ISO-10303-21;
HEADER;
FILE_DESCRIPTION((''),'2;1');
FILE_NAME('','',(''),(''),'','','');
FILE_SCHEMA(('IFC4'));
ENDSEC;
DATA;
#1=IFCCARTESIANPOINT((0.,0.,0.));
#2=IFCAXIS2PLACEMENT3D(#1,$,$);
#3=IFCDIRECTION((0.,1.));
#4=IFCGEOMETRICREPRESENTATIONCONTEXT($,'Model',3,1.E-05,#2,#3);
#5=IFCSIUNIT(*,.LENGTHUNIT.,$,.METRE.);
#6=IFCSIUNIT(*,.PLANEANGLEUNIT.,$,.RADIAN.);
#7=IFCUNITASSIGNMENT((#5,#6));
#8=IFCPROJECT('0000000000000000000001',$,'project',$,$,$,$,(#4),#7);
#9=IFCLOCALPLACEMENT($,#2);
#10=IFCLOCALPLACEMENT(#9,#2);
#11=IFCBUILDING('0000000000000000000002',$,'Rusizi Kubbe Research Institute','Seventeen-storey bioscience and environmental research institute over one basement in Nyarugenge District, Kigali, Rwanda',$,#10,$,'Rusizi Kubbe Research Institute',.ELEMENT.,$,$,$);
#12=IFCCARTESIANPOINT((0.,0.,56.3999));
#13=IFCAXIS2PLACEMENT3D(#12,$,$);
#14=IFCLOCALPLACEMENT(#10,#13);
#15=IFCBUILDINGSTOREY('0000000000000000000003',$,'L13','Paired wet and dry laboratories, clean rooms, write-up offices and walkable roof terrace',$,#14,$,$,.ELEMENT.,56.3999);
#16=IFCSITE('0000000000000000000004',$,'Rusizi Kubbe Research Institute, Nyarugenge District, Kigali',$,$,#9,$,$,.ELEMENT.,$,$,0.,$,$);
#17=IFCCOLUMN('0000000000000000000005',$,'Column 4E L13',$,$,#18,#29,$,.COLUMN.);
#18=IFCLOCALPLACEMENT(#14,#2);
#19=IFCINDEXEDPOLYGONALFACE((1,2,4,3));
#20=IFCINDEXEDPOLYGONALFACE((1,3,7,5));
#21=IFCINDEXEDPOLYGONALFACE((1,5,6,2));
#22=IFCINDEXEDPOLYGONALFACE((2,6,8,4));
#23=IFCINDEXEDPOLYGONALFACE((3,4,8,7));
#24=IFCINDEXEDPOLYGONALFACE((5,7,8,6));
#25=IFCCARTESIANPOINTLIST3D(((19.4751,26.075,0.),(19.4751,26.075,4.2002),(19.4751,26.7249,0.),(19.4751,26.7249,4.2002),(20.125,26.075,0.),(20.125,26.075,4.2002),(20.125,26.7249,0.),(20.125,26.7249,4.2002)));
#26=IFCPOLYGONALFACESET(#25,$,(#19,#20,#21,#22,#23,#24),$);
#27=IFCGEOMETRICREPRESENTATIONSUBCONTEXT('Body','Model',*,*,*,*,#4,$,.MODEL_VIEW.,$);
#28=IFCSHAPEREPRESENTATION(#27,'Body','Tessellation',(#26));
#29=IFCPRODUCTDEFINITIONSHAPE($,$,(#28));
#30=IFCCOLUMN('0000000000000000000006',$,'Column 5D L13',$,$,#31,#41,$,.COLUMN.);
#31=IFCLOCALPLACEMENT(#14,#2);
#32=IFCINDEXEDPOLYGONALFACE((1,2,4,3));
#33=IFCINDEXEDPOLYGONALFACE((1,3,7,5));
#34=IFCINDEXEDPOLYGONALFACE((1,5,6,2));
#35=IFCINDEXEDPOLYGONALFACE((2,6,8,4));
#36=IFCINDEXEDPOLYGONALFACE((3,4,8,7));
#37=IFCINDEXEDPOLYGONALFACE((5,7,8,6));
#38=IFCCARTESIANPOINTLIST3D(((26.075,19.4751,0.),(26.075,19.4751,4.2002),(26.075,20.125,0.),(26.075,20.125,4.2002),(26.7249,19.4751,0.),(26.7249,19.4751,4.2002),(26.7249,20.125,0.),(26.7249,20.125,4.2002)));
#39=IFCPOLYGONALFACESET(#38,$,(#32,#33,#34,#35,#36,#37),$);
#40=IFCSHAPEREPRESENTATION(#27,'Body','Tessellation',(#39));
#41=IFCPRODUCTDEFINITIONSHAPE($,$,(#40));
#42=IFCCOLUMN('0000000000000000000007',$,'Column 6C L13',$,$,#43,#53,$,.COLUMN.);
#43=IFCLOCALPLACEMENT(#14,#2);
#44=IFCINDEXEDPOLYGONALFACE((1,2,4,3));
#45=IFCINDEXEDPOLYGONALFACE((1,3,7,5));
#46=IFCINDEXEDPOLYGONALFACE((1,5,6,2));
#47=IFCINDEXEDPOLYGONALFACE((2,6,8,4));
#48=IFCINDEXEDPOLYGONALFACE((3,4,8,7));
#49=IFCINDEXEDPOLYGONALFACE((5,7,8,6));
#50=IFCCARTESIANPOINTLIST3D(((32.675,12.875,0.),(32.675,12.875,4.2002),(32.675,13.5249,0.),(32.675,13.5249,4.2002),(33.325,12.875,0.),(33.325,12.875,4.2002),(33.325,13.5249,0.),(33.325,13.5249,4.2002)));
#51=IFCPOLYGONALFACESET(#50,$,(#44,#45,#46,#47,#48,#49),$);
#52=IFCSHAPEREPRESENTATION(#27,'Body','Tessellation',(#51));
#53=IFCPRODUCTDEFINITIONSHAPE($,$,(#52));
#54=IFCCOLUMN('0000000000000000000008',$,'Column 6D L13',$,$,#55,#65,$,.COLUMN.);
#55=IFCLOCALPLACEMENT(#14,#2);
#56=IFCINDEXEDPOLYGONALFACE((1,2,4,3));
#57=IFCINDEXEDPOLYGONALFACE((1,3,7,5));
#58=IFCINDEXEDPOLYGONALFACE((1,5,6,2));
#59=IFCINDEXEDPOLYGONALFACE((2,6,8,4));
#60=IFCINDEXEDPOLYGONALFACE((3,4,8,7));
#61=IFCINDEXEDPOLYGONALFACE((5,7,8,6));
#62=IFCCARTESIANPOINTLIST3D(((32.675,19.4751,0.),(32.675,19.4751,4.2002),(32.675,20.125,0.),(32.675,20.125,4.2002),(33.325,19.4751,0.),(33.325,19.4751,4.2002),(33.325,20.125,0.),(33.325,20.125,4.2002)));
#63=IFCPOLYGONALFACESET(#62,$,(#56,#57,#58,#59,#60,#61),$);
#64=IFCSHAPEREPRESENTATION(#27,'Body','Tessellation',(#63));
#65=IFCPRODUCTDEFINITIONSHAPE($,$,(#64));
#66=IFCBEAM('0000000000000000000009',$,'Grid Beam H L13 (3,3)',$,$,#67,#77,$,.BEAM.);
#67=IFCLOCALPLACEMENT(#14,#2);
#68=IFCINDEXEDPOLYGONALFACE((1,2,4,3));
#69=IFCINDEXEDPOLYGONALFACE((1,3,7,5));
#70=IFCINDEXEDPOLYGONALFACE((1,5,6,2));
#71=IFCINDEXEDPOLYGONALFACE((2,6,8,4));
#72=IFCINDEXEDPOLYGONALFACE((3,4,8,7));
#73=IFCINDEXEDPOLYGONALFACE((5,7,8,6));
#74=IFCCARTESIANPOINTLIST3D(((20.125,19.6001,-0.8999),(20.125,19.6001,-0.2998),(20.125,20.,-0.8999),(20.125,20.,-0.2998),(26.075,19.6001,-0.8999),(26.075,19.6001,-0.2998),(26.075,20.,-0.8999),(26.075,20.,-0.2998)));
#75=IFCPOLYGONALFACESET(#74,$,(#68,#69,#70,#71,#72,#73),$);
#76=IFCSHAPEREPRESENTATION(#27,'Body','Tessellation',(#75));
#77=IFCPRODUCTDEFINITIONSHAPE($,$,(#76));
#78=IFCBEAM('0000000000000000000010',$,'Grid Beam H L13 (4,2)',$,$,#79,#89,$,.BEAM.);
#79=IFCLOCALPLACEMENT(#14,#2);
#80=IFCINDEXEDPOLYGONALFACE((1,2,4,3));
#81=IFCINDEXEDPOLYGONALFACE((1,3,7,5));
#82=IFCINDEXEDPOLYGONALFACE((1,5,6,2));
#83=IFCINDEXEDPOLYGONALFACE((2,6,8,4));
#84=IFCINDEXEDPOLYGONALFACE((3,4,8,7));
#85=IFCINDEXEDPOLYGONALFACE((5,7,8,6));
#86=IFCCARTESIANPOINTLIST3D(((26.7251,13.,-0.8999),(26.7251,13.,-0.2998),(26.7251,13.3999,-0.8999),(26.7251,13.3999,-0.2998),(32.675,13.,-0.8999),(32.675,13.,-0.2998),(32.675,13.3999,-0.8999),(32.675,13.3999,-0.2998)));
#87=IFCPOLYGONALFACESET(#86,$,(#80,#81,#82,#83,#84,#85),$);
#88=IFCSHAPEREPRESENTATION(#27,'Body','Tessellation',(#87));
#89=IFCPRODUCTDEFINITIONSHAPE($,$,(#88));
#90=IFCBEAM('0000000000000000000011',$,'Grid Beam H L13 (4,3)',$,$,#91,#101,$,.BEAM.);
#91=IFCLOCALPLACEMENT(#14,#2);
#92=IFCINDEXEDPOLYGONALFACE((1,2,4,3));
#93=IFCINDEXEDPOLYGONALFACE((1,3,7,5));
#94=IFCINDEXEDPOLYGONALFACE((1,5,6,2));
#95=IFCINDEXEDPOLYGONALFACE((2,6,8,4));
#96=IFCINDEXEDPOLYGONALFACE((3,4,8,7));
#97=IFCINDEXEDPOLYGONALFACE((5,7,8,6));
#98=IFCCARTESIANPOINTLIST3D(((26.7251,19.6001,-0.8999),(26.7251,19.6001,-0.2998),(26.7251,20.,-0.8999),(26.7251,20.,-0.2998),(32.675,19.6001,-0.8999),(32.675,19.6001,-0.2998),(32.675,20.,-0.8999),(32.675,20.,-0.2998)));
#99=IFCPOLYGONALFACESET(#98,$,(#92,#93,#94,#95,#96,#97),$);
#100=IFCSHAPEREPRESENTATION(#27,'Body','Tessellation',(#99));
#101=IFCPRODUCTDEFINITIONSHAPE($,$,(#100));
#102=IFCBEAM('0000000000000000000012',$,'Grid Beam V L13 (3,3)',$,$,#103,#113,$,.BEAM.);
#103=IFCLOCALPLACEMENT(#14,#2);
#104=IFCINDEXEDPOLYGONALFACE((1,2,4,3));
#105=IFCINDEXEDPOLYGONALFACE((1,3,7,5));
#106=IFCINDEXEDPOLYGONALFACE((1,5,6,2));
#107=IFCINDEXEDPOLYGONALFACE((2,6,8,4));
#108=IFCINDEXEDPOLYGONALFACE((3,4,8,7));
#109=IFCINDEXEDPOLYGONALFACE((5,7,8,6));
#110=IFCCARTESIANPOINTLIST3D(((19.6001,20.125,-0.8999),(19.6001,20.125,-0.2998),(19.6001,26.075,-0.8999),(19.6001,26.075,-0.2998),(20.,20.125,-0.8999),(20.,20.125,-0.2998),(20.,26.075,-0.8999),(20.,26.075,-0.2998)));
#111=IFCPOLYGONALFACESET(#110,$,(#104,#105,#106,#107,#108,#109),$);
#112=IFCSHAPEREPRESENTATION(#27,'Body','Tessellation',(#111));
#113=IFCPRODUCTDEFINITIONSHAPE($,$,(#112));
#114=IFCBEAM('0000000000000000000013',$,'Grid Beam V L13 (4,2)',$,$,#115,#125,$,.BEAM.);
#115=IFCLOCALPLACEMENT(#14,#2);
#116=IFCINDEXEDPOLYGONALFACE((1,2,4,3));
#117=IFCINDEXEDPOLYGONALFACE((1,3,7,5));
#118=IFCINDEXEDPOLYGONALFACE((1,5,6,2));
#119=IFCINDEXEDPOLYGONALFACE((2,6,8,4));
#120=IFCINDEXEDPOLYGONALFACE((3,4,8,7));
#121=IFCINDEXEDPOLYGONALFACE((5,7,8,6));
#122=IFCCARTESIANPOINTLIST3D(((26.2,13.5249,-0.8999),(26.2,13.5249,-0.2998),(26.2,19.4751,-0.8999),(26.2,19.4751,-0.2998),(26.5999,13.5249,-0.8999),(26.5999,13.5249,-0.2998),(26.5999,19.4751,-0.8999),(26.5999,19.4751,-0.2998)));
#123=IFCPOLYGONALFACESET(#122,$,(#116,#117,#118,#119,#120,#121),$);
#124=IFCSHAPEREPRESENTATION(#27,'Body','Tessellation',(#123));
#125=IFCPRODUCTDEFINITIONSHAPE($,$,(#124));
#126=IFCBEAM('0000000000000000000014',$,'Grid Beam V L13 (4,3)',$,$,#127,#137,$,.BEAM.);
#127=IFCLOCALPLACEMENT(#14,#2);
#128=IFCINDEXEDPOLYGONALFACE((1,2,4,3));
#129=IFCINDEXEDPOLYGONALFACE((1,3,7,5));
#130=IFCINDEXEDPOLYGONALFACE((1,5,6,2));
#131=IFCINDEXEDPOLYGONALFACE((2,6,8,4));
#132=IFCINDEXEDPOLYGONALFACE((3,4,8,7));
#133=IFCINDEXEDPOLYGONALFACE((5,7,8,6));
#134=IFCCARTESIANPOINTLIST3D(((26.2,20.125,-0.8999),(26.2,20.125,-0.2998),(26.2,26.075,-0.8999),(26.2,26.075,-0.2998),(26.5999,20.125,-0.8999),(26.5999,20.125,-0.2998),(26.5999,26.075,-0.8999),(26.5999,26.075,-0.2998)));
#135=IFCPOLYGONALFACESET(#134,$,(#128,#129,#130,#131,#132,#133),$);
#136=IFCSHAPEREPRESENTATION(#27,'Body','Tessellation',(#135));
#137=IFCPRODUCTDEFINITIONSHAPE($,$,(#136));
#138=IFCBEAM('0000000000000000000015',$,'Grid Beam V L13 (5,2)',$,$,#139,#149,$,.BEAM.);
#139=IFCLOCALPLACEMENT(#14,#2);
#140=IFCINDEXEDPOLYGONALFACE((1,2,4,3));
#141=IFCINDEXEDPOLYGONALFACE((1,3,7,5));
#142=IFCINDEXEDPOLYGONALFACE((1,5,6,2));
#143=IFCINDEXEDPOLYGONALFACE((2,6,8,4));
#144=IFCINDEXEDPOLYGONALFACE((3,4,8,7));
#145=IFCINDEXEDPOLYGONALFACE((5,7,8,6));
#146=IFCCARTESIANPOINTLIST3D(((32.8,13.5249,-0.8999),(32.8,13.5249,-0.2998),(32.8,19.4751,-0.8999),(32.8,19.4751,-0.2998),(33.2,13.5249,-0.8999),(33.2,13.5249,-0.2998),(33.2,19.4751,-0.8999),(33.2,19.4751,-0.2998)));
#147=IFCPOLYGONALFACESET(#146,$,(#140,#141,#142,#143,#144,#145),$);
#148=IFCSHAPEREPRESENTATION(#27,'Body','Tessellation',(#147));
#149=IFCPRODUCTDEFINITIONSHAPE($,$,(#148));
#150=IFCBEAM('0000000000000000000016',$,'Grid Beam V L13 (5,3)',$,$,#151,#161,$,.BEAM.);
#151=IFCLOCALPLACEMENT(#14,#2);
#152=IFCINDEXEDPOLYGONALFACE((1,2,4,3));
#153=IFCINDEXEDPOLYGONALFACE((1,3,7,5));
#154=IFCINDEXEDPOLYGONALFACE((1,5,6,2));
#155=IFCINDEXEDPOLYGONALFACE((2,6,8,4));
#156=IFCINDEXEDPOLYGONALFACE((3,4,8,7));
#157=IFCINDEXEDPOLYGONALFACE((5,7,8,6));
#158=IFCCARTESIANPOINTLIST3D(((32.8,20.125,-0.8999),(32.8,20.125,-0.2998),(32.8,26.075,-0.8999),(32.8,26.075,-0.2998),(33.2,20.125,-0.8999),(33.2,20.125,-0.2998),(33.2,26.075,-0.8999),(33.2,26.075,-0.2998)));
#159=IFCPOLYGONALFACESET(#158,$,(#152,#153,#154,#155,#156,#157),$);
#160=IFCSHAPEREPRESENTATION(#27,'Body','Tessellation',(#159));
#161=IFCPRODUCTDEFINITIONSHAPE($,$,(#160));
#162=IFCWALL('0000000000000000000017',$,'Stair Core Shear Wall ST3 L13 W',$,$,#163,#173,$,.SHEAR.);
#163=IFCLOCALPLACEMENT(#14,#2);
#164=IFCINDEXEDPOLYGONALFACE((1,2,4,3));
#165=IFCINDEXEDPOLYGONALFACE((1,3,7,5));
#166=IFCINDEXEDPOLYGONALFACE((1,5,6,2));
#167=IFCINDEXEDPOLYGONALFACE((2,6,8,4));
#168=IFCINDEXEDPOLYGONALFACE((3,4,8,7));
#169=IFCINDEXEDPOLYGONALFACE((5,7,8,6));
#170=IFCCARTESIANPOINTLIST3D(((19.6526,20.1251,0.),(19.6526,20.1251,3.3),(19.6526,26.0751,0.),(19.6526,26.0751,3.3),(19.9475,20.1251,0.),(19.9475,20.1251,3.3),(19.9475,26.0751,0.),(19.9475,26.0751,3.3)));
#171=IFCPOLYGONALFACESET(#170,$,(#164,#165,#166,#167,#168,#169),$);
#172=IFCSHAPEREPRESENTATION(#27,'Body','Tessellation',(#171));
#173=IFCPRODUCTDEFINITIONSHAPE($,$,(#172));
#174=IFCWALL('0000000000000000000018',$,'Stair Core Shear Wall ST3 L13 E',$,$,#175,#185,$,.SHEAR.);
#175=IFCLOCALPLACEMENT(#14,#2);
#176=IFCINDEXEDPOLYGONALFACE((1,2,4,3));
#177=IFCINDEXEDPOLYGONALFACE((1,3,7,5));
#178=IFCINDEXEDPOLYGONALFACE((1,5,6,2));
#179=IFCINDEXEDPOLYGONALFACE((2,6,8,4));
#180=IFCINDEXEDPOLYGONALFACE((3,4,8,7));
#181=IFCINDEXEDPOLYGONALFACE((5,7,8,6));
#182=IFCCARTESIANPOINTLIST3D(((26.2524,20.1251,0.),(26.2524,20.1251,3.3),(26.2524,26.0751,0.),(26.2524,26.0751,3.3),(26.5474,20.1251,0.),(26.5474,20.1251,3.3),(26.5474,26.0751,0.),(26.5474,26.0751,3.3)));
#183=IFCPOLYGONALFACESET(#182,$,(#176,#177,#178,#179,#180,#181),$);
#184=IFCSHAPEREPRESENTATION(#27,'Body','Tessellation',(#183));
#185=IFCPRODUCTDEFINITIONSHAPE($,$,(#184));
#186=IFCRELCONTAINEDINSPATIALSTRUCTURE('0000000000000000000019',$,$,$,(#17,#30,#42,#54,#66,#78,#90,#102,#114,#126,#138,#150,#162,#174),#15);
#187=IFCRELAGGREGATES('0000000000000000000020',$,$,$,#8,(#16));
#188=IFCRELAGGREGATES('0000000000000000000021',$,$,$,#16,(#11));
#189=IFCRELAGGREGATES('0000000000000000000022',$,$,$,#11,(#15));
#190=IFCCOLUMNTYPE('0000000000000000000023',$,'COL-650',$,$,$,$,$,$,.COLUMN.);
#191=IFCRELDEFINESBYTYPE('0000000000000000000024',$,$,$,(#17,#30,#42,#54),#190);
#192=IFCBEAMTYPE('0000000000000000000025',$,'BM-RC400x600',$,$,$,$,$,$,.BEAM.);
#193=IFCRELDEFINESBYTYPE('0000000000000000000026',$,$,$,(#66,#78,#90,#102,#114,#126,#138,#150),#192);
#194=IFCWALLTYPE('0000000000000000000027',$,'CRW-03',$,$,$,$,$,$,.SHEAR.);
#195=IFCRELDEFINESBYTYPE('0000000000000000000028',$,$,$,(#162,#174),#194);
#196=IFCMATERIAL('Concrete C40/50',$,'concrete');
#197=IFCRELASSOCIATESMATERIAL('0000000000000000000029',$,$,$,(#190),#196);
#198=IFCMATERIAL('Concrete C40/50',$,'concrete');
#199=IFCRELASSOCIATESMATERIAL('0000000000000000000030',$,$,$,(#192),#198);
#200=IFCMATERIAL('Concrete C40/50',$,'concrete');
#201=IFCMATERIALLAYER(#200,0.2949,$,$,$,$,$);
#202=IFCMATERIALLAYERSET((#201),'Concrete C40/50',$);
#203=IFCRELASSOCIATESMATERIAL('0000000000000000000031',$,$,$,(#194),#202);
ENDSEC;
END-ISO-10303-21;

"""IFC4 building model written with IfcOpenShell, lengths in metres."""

from ifc_helpers import new_model, si_unit, direction, frame, frame_2d, origin, origin_2d, place, context, subcontext, project, spatial, rectangle, extrude, material, layer, layer_set, material_profile, profile_set, type_object, element, save


model = new_model("IFC4")

# Units and contexts
model_context = context("Model", 3, precision=1e-05, world=origin(), true_north=direction((0.0, 1.0)))
body_context = subcontext(model_context, "Body", "Model", "MODEL_VIEW")
ifc_project = project(units=[si_unit("LENGTHUNIT", "METRE"), si_unit("PLANEANGLEUNIT", "RADIAN")], contexts=[model_context])

# Site, building, storey
site_placement = place(None, origin())
site = spatial("IfcSite", under=ifc_project, at=site_placement, Name="Rusizi Kubbe Research Institute, Nyarugenge District, Kigali", CompositionType="ELEMENT", RefElevation=0.0)
building_placement = place(site_placement, origin())
building = spatial("IfcBuilding", under=site, at=building_placement, Name="Rusizi Kubbe Research Institute", Description="Seventeen-storey bioscience and environmental research institute over one basement in Nyarugenge District, Kigali, Rwanda", LongName="Rusizi Kubbe Research Institute", CompositionType="ELEMENT")
storey_placement = place(building_placement, frame((0.0, 0.0, 56.3999)))
storey = spatial("IfcBuildingStorey", under=building, at=storey_placement, Name="L13", Description="Paired wet and dry laboratories, clean rooms, write-up offices and walkable roof terrace", CompositionType="ELEMENT", Elevation=56.3999)

# Columns
ifc_material_1 = material(Name="Concrete C40/50", Category="concrete")
ifc_material_profile_1 = material_profile(ifc_material_1, rectangle(XDim=0.6499, YDim=0.6499, at=origin_2d()), Name="RC650x650")
ifc_profile_set_1 = profile_set([ifc_material_profile_1], Name="Concrete C40/50")
column_type = type_object("IfcColumnType", Name="COL-650", PredefinedType="COLUMN", material=ifc_profile_set_1)
for number, where, z_axis, x_axis, name in (
    (1, (19.8, 26.3999, 0.0), (0.0, 0.0, 1.0), (1.0, 0.0, 0.0), "Column 4E L13"),
    (2, (26.3999, 19.8, 0.0), (0.0, 0.0, 1.0), (1.0, 0.0, 0.0), "Column 5D L13"),
    (3, (33.0, 13.2, 0.0), (0.0, 0.0, 1.0), (1.0, 0.0, 0.0), "Column 6C L13"),
    (4, (33.0, 19.8, 0.0), (0.0, 0.0, 1.0), (1.0, 0.0, 0.0), "Column 6D L13"),
):
    element("IfcColumn", number, at=place(storey_placement, frame(where, z_axis=z_axis, x_axis=x_axis)), inside=storey, type_object=column_type, Name=name, PredefinedType="COLUMN", context=body_context, shape_type="SweptSolid", body=[
        extrude(rectangle(XDim=0.6499, YDim=0.6499, at=origin_2d()), origin(), (0.0, 0.0, 1.0), 4.2002),
    ])

# Beams
ifc_material_2 = material(Name="Concrete C40/50", Category="concrete")
ifc_material_profile_2 = material_profile(ifc_material_2, rectangle(XDim=0.3999, YDim=0.6001, at=origin_2d()), Name="RC400x600")
ifc_profile_set_2 = profile_set([ifc_material_profile_2], Name="Concrete C40/50")
beam_type = type_object("IfcBeamType", Name="BM-RC400x600", PredefinedType="BEAM", material=ifc_profile_set_2)
for number, where, z_axis, x_axis, name in (
    (5, (20.125, 19.8, -0.5999), (1.0, 0.0, 0.0), (0.0, 1.0, 0.0), "Grid Beam H L13 (3,3)"),
    (6, (26.7251, 13.2, -0.5999), (1.0, 0.0, 0.0), (0.0, 1.0, 0.0), "Grid Beam H L13 (4,2)"),
    (7, (26.7251, 19.8, -0.5999), (1.0, 0.0, 0.0), (0.0, 1.0, 0.0), "Grid Beam H L13 (4,3)"),
    (8, (19.8, 20.125, -0.5999), (0.0, 1.0, 0.0), (-1.0, 0.0, 0.0), "Grid Beam V L13 (3,3)"),
):
    element("IfcBeam", number, at=place(storey_placement, frame(where, z_axis=z_axis, x_axis=x_axis)), inside=storey, type_object=beam_type, Name=name, PredefinedType="BEAM", context=body_context, shape_type="SweptSolid", body=[
        extrude(rectangle(XDim=0.3999, YDim=0.6001, at=origin_2d()), origin(), (0.0, 0.0, 1.0), 5.95),
    ])
beam_1_placement = place(storey_placement, frame((26.3999, 13.5249, -0.5999), z_axis=(0.0, 1.0, 0.0), x_axis=(-1.0, 0.0, 0.0)))
element("IfcBeam", 9, at=beam_1_placement, inside=storey, type_object=beam_type, Name="Grid Beam V L13 (4,2)", PredefinedType="BEAM", context=body_context, shape_type="SweptSolid", body=[
    extrude(rectangle(XDim=0.3999, YDim=0.6001, at=origin_2d()), origin(), (0.0, 0.0, 1.0), 5.9502),
])
beam_2_placement = place(storey_placement, frame((26.3999, 20.125, -0.5999), z_axis=(0.0, 1.0, 0.0), x_axis=(-1.0, 0.0, 0.0)))
element("IfcBeam", 10, at=beam_2_placement, inside=storey, type_object=beam_type, Name="Grid Beam V L13 (4,3)", PredefinedType="BEAM", context=body_context, shape_type="SweptSolid", body=[
    extrude(rectangle(XDim=0.3999, YDim=0.6001, at=origin_2d()), origin(), (0.0, 0.0, 1.0), 5.95),
])
beam_3_placement = place(storey_placement, frame((33.0, 13.5249, -0.5999), z_axis=(0.0, 1.0, 0.0), x_axis=(-1.0, 0.0, 0.0)))
element("IfcBeam", 11, at=beam_3_placement, inside=storey, type_object=beam_type, Name="Grid Beam V L13 (5,2)", PredefinedType="BEAM", context=body_context, shape_type="SweptSolid", body=[
    extrude(rectangle(XDim=0.3999, YDim=0.6001, at=origin_2d()), origin(), (0.0, 0.0, 1.0), 5.9502),
])
beam_4_placement = place(storey_placement, frame((33.0, 20.125, -0.5999), z_axis=(0.0, 1.0, 0.0), x_axis=(-1.0, 0.0, 0.0)))
element("IfcBeam", 12, at=beam_4_placement, inside=storey, type_object=beam_type, Name="Grid Beam V L13 (5,3)", PredefinedType="BEAM", context=body_context, shape_type="SweptSolid", body=[
    extrude(rectangle(XDim=0.3999, YDim=0.6001, at=origin_2d()), origin(), (0.0, 0.0, 1.0), 5.95),
])

# Shared definitions
ifc_material_3 = material(Name="Concrete C40/50", Category="concrete")
ifc_layer_1 = layer(ifc_material_3, 0.2949)
ifc_layer_set_1 = layer_set([ifc_layer_1], Name="Concrete C40/50")
wall_type_1 = type_object("IfcWallType", Name="CRW-03", PredefinedType="SHEAR", material=ifc_layer_set_1)

# Walls
for number, where, z_axis, x_axis, name in (
    (13, (19.8, 20.125, 0.0), (0.0, 0.0, 1.0), (0.0, 1.0, 0.0), "Stair Core Shear Wall ST3 L13 W"),
    (14, (26.3999, 20.125, 0.0), (0.0, 0.0, 1.0), (0.0, 1.0, 0.0), "Stair Core Shear Wall ST3 L13 E"),
):
    element("IfcWall", number, at=place(storey_placement, frame(where, z_axis=z_axis, x_axis=x_axis)), inside=storey, type_object=wall_type_1, Name=name, PredefinedType="SHEAR", context=body_context, shape_type="SweptSolid", body=[
        extrude(rectangle(XDim=5.95, YDim=0.2949, at=frame_2d((2.9751, 0.0))), origin(), (0.0, 0.0, 1.0), 3.3),
    ])

save(model, "model.ifc")
